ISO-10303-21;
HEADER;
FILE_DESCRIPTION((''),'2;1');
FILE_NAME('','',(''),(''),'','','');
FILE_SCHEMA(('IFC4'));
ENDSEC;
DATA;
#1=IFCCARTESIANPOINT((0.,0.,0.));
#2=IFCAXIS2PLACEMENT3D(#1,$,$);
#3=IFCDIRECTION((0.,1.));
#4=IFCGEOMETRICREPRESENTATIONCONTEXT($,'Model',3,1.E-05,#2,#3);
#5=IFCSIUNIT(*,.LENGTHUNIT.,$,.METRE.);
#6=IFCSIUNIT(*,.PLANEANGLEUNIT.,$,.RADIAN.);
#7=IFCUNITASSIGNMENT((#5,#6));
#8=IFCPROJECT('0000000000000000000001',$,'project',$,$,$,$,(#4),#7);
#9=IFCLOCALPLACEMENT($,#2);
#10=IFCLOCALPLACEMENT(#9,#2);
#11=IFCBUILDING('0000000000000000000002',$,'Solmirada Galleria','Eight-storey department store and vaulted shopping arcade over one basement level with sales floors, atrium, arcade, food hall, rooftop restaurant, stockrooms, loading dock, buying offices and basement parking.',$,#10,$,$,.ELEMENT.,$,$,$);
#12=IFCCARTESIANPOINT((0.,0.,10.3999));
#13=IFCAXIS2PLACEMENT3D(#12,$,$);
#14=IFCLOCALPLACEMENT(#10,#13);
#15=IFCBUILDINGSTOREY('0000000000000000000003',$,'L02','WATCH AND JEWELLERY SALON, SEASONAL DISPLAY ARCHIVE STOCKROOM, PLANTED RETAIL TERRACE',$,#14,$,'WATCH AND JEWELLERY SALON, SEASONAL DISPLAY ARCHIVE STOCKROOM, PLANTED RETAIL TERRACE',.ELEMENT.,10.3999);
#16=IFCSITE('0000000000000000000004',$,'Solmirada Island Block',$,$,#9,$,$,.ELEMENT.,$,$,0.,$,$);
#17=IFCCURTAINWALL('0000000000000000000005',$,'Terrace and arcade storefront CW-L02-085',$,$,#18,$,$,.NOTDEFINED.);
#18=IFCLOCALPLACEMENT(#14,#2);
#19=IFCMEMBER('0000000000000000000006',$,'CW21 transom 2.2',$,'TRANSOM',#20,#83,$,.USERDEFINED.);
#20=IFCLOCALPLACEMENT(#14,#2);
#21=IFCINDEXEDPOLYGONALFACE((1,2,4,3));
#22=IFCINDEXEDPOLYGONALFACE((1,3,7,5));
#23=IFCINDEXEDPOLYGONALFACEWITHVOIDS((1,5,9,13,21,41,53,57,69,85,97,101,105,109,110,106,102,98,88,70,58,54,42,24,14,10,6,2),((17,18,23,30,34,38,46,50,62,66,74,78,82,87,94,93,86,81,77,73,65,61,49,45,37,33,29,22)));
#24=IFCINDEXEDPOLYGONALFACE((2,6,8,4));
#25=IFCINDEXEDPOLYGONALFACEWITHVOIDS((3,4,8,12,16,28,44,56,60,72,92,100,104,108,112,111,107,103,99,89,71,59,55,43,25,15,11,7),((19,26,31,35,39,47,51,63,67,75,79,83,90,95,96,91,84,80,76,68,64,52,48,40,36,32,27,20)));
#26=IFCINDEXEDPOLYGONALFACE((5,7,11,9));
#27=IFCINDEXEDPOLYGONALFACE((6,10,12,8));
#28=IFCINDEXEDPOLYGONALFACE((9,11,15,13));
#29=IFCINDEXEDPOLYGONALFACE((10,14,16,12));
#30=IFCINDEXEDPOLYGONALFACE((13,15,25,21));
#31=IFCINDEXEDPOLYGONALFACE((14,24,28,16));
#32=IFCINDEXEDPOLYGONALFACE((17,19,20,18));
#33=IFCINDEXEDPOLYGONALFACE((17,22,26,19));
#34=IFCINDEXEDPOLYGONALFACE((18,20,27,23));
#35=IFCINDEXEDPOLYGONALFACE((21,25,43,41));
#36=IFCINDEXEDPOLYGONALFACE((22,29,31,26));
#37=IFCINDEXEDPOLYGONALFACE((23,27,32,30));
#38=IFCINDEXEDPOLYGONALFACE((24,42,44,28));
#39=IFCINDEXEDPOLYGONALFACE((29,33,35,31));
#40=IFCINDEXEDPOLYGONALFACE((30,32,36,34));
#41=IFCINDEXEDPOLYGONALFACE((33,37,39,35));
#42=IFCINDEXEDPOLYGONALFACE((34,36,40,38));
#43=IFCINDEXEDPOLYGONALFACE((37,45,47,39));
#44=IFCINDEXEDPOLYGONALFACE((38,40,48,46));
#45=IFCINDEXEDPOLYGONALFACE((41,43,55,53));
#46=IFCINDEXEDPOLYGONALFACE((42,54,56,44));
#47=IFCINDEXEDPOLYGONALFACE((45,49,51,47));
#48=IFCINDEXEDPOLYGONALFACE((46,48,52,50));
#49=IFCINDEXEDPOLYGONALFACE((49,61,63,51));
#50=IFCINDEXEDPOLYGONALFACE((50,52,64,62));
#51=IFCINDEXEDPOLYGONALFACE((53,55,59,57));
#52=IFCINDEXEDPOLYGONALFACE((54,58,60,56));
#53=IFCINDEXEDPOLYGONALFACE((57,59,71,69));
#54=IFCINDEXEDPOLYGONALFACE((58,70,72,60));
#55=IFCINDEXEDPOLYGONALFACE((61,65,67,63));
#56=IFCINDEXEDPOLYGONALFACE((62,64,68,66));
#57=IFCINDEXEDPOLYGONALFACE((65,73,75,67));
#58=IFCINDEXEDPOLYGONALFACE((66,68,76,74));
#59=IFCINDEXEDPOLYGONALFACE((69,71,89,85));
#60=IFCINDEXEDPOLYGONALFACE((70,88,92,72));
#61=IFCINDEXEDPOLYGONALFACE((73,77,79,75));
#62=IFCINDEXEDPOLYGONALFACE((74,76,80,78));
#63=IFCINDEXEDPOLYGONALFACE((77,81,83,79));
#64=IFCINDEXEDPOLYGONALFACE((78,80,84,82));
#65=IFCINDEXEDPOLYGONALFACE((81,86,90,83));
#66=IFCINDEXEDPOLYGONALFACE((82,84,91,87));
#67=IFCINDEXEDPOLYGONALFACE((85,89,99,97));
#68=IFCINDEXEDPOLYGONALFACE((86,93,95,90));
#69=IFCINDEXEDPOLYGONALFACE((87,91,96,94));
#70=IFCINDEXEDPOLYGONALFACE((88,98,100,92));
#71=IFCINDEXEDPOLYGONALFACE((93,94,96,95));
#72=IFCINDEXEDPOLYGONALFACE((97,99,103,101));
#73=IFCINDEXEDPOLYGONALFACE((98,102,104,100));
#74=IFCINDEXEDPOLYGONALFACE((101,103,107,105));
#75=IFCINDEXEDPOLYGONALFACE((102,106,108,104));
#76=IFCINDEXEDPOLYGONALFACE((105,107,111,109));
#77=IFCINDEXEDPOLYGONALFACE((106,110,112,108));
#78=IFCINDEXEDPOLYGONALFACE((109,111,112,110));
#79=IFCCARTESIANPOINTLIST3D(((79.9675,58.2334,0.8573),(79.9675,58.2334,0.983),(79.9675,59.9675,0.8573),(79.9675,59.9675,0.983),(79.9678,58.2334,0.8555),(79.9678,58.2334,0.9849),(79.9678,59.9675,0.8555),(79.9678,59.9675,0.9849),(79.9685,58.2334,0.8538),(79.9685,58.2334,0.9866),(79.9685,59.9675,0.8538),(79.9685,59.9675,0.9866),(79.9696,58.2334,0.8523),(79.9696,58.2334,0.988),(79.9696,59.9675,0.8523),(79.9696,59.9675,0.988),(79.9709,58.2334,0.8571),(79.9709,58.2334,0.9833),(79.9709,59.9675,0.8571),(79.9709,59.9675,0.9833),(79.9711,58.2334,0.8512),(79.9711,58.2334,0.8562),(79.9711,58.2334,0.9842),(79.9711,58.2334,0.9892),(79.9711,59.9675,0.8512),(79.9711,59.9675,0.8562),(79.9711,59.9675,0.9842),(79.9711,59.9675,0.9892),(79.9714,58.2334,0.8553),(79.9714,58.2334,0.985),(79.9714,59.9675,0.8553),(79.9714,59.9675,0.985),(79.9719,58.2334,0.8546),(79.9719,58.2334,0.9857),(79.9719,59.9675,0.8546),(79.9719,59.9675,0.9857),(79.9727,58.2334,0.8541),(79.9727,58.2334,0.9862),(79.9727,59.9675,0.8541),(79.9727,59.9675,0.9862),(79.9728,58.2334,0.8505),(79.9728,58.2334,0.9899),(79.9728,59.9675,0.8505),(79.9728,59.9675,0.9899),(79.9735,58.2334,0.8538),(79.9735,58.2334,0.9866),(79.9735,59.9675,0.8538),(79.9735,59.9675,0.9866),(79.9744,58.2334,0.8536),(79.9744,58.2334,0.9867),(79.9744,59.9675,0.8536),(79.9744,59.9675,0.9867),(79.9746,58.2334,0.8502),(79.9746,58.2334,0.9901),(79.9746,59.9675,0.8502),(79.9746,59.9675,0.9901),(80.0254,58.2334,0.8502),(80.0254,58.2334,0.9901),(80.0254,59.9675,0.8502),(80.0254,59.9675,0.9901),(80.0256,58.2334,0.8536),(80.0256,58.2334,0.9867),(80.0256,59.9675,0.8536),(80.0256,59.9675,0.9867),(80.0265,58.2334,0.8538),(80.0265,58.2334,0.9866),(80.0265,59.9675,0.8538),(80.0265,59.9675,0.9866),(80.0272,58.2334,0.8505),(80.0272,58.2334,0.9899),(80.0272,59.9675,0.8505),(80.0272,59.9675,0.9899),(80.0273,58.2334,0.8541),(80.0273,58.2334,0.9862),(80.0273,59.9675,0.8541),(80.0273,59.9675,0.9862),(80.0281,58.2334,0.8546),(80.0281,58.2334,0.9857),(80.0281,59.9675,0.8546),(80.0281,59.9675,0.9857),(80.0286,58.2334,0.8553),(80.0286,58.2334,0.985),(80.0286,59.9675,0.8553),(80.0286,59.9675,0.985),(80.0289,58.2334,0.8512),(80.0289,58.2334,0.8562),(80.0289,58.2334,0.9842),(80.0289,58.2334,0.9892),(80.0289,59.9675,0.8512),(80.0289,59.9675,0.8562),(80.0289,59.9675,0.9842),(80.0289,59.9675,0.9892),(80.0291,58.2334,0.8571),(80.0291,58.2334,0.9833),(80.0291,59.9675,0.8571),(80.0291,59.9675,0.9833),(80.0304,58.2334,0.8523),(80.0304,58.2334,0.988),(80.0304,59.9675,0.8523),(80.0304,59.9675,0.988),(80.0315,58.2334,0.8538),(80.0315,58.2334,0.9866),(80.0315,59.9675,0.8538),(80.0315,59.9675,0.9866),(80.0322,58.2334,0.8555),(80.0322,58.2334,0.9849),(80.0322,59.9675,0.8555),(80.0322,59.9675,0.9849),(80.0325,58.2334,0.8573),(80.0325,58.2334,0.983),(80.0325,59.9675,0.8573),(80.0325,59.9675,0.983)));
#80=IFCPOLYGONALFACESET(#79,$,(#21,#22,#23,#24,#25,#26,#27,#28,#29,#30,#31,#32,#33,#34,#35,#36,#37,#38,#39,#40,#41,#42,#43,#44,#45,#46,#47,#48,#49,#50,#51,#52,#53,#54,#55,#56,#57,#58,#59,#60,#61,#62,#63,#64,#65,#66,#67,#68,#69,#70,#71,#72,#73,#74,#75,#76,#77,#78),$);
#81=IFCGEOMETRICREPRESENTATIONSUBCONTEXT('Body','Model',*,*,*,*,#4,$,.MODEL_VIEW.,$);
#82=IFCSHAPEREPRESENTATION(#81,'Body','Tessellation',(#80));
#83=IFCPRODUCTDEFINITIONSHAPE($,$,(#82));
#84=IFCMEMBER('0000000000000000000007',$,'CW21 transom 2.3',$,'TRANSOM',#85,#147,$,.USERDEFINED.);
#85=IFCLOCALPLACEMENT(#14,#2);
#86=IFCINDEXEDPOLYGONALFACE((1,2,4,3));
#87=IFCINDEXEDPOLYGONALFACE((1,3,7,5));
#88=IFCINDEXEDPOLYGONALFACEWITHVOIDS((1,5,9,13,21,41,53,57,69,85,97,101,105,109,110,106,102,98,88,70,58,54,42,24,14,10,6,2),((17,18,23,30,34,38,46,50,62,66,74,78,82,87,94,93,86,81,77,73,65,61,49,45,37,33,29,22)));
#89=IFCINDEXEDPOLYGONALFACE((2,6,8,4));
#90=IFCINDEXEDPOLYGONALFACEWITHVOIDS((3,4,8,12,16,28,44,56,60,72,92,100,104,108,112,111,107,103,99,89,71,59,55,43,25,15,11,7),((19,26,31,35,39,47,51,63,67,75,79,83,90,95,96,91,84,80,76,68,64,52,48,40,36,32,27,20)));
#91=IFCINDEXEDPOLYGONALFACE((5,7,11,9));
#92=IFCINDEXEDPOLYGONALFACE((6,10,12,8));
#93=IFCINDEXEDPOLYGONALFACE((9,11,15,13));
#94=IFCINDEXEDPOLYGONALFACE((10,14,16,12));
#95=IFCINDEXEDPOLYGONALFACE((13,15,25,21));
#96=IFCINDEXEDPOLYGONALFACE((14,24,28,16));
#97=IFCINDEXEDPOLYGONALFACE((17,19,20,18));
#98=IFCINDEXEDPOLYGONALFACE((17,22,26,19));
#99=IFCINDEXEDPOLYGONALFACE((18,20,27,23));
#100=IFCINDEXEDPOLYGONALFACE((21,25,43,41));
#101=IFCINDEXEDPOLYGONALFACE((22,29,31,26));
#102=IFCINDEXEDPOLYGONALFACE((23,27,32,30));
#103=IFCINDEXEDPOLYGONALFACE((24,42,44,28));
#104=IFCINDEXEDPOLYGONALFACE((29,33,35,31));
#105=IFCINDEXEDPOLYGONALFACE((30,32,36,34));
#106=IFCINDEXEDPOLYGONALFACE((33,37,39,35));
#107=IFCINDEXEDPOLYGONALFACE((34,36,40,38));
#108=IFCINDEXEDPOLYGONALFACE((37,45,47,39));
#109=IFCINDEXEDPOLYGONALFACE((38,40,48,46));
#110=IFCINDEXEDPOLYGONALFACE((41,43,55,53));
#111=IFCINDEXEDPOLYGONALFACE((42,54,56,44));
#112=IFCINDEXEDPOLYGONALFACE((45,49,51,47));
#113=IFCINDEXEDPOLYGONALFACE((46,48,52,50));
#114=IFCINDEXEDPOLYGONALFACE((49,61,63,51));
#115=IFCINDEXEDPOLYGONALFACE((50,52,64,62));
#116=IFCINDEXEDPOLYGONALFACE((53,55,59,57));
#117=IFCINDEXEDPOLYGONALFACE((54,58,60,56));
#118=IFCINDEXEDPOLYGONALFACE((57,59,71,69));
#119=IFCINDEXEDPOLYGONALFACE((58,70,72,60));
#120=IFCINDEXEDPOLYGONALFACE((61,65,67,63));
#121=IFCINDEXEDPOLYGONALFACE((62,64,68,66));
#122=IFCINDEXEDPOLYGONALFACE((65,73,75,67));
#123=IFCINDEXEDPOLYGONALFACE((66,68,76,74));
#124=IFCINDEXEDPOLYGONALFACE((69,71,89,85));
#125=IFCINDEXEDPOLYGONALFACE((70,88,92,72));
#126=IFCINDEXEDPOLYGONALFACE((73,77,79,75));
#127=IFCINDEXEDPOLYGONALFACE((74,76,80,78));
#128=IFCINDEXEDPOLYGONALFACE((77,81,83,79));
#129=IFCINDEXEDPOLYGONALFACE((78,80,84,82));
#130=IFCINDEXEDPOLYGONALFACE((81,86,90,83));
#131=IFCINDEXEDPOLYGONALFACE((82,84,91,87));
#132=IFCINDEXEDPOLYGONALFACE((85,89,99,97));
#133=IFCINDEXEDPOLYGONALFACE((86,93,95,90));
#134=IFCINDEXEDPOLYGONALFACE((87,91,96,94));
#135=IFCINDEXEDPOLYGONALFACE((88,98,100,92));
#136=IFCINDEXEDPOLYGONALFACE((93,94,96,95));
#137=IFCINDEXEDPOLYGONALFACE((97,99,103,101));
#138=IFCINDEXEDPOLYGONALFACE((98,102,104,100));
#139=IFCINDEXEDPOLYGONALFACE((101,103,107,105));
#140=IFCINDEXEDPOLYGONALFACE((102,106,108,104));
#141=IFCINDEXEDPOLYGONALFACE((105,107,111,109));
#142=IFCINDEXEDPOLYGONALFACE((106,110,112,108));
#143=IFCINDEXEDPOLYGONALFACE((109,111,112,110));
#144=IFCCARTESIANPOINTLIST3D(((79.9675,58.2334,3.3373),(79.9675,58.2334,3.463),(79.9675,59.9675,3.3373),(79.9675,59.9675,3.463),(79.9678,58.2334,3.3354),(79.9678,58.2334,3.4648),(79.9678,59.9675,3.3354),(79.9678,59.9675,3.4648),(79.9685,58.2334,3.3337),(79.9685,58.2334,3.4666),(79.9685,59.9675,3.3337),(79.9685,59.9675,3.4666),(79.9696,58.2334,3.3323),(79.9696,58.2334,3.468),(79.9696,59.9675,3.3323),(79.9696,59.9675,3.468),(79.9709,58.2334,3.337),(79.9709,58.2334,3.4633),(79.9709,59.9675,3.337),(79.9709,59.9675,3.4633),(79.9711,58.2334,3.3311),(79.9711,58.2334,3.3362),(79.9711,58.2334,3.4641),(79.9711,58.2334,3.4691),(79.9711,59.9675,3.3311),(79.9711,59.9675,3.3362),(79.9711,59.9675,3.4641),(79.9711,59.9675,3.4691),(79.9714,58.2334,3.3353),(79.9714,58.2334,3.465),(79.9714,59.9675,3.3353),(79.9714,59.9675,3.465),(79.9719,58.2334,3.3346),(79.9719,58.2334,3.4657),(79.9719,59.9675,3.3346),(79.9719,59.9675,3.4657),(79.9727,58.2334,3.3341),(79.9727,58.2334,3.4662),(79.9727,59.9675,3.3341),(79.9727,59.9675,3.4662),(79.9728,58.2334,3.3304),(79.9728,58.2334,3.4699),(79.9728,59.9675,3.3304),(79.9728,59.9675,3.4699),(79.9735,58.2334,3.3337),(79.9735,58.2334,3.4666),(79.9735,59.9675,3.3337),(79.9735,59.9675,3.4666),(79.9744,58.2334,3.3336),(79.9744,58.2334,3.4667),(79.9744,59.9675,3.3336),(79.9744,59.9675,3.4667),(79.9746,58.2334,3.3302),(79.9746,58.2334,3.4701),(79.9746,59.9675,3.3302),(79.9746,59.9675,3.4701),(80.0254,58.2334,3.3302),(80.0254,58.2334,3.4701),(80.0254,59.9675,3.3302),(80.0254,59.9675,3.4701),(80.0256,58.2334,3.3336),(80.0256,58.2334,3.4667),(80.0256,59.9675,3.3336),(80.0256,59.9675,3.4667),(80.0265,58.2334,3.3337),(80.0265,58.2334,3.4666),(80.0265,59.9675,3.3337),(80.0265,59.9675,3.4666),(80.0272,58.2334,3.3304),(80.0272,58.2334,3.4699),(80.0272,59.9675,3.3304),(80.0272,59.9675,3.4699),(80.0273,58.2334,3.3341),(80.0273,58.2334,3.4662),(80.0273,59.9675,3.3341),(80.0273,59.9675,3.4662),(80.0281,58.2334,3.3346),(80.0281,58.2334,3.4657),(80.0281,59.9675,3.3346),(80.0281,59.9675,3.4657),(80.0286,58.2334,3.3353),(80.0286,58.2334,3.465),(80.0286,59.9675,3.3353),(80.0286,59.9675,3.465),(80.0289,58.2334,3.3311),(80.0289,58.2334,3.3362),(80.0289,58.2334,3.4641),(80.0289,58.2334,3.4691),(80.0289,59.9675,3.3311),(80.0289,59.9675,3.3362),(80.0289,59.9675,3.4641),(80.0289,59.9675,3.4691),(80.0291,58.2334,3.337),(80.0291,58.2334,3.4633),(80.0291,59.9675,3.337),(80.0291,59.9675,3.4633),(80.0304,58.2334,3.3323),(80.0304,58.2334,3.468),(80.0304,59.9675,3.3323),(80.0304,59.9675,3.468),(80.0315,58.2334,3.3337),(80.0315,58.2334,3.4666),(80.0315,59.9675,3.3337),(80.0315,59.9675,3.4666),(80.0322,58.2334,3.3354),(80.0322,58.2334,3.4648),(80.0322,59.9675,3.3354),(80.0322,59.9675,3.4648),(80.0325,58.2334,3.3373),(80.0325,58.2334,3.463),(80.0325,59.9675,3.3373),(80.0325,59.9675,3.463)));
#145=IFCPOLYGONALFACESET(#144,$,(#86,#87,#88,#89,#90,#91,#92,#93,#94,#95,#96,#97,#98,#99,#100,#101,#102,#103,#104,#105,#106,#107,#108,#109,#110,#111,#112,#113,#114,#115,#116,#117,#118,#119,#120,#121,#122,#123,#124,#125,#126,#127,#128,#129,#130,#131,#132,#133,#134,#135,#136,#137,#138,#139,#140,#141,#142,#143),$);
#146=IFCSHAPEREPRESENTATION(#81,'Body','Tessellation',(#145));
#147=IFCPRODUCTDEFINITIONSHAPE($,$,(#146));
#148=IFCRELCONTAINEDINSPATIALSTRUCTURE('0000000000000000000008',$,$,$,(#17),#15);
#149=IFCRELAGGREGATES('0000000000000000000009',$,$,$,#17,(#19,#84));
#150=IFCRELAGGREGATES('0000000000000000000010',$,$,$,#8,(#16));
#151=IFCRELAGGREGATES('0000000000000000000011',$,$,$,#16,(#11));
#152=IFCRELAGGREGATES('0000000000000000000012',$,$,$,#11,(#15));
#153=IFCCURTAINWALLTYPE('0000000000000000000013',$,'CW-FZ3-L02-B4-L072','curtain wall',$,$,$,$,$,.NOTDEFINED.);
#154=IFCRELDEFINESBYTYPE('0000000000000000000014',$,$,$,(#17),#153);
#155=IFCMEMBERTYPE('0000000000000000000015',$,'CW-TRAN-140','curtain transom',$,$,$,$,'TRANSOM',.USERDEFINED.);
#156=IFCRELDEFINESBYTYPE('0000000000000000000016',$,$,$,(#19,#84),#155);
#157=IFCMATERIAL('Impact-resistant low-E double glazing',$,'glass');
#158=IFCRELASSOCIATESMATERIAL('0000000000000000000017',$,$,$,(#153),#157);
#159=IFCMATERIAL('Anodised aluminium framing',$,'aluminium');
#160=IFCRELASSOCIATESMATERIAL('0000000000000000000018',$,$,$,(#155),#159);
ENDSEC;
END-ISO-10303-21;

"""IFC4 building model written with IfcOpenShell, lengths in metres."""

from ifc_helpers import new_model, si_unit, direction, frame, origin, origin_2d, place, context, subcontext, project, spatial, hollow_rectangle, extrude, material, material_profile, profile_set, type_object, element, aggregate, save


model = new_model("IFC4")

# Units and contexts
model_context = context("Model", 3, precision=1e-05, world=origin(), true_north=direction((0.0, 1.0)))
body_context = subcontext(model_context, "Body", "Model", "MODEL_VIEW")
ifc_project = project(units=[si_unit("LENGTHUNIT", "METRE"), si_unit("PLANEANGLEUNIT", "RADIAN")], contexts=[model_context])

# Site, building, storey
site_placement = place(None, origin())
site = spatial("IfcSite", under=ifc_project, at=site_placement, Name="Solmirada Island Block", CompositionType="ELEMENT", RefElevation=0.0)
building_placement = place(site_placement, origin())
building = spatial("IfcBuilding", under=site, at=building_placement, Name="Solmirada Galleria", Description="Eight-storey department store and vaulted shopping arcade over one basement level with sales floors, atrium, arcade, food hall, rooftop restaurant, stockrooms, loading dock, buying offices and basement parking.", CompositionType="ELEMENT")
storey_placement = place(building_placement, frame((0.0, 0.0, 10.3999)))
storey = spatial("IfcBuildingStorey", under=building, at=storey_placement, Name="L02", Description="WATCH AND JEWELLERY SALON, SEASONAL DISPLAY ARCHIVE STOCKROOM, PLANTED RETAIL TERRACE", LongName="WATCH AND JEWELLERY SALON, SEASONAL DISPLAY ARCHIVE STOCKROOM, PLANTED RETAIL TERRACE", CompositionType="ELEMENT", Elevation=10.3999)

# Shared definitions
ifc_material_1 = material(Name="Impact-resistant low-E double glazing", Category="glass")
curtain_wall_type = type_object("IfcCurtainWallType", Name="CW-FZ3-L02-B4-L072", Description="curtain wall", PredefinedType="NOTDEFINED", material=ifc_material_1)
ifc_material_2 = material(Name="Anodised aluminium framing", Category="aluminium")

# Curtain wall
curtain_wall_1_placement = place(storey_placement, origin())
curtain_wall_1 = element("IfcCurtainWall", 1, at=curtain_wall_1_placement, inside=storey, type_object=curtain_wall_type, Name="Terrace and arcade storefront CW-L02-085", PredefinedType="NOTDEFINED")

# Members
ifc_material_profile_1 = material_profile(ifc_material_2, hollow_rectangle(XDim=0.0649, YDim=0.1399, WallThickness=0.0034, InnerFilletRadius=0.0034, OuterFilletRadius=0.0071, at=origin_2d()), Name="ALU-TRAN-140X65")
ifc_profile_set_1 = profile_set([ifc_material_profile_1], Name="Anodised aluminium framing")
member_type_1 = type_object("IfcMemberType", Name="CW-TRAN-140", Description="curtain transom", ElementType="TRANSOM", PredefinedType="USERDEFINED", material=ifc_profile_set_1)
member_1_placement = place(storey_placement, frame((80.0, 58.2334, 0.9202), z_axis=(0.0, 1.0, 0.0), x_axis=(-1.0, 0.0, 0.0)))
member_1 = element("IfcMember", 2, at=member_1_placement, type_object=member_type_1, Name="CW21 transom 2.2", ObjectType="TRANSOM", PredefinedType="USERDEFINED", context=body_context, shape_type="SweptSolid", body=[
    extrude(hollow_rectangle(XDim=0.0649, YDim=0.1399, WallThickness=0.0034, InnerFilletRadius=0.0034, OuterFilletRadius=0.0071, at=origin_2d()), origin(), (0.0, 0.0, 1.0), 1.7341),
])
member_2_placement = place(storey_placement, frame((80.0, 58.2334, 3.4001), z_axis=(0.0, 1.0, 0.0), x_axis=(-1.0, 0.0, 0.0)))
member_2 = element("IfcMember", 3, at=member_2_placement, type_object=member_type_1, Name="CW21 transom 2.3", ObjectType="TRANSOM", PredefinedType="USERDEFINED", context=body_context, shape_type="SweptSolid", body=[
    extrude(hollow_rectangle(XDim=0.0649, YDim=0.1399, WallThickness=0.0034, InnerFilletRadius=0.0034, OuterFilletRadius=0.0071, at=origin_2d()), origin(), (0.0, 0.0, 1.0), 1.7341),
])

aggregate(curtain_wall_1, [member_1, member_2])

save(model, "model.ifc")
